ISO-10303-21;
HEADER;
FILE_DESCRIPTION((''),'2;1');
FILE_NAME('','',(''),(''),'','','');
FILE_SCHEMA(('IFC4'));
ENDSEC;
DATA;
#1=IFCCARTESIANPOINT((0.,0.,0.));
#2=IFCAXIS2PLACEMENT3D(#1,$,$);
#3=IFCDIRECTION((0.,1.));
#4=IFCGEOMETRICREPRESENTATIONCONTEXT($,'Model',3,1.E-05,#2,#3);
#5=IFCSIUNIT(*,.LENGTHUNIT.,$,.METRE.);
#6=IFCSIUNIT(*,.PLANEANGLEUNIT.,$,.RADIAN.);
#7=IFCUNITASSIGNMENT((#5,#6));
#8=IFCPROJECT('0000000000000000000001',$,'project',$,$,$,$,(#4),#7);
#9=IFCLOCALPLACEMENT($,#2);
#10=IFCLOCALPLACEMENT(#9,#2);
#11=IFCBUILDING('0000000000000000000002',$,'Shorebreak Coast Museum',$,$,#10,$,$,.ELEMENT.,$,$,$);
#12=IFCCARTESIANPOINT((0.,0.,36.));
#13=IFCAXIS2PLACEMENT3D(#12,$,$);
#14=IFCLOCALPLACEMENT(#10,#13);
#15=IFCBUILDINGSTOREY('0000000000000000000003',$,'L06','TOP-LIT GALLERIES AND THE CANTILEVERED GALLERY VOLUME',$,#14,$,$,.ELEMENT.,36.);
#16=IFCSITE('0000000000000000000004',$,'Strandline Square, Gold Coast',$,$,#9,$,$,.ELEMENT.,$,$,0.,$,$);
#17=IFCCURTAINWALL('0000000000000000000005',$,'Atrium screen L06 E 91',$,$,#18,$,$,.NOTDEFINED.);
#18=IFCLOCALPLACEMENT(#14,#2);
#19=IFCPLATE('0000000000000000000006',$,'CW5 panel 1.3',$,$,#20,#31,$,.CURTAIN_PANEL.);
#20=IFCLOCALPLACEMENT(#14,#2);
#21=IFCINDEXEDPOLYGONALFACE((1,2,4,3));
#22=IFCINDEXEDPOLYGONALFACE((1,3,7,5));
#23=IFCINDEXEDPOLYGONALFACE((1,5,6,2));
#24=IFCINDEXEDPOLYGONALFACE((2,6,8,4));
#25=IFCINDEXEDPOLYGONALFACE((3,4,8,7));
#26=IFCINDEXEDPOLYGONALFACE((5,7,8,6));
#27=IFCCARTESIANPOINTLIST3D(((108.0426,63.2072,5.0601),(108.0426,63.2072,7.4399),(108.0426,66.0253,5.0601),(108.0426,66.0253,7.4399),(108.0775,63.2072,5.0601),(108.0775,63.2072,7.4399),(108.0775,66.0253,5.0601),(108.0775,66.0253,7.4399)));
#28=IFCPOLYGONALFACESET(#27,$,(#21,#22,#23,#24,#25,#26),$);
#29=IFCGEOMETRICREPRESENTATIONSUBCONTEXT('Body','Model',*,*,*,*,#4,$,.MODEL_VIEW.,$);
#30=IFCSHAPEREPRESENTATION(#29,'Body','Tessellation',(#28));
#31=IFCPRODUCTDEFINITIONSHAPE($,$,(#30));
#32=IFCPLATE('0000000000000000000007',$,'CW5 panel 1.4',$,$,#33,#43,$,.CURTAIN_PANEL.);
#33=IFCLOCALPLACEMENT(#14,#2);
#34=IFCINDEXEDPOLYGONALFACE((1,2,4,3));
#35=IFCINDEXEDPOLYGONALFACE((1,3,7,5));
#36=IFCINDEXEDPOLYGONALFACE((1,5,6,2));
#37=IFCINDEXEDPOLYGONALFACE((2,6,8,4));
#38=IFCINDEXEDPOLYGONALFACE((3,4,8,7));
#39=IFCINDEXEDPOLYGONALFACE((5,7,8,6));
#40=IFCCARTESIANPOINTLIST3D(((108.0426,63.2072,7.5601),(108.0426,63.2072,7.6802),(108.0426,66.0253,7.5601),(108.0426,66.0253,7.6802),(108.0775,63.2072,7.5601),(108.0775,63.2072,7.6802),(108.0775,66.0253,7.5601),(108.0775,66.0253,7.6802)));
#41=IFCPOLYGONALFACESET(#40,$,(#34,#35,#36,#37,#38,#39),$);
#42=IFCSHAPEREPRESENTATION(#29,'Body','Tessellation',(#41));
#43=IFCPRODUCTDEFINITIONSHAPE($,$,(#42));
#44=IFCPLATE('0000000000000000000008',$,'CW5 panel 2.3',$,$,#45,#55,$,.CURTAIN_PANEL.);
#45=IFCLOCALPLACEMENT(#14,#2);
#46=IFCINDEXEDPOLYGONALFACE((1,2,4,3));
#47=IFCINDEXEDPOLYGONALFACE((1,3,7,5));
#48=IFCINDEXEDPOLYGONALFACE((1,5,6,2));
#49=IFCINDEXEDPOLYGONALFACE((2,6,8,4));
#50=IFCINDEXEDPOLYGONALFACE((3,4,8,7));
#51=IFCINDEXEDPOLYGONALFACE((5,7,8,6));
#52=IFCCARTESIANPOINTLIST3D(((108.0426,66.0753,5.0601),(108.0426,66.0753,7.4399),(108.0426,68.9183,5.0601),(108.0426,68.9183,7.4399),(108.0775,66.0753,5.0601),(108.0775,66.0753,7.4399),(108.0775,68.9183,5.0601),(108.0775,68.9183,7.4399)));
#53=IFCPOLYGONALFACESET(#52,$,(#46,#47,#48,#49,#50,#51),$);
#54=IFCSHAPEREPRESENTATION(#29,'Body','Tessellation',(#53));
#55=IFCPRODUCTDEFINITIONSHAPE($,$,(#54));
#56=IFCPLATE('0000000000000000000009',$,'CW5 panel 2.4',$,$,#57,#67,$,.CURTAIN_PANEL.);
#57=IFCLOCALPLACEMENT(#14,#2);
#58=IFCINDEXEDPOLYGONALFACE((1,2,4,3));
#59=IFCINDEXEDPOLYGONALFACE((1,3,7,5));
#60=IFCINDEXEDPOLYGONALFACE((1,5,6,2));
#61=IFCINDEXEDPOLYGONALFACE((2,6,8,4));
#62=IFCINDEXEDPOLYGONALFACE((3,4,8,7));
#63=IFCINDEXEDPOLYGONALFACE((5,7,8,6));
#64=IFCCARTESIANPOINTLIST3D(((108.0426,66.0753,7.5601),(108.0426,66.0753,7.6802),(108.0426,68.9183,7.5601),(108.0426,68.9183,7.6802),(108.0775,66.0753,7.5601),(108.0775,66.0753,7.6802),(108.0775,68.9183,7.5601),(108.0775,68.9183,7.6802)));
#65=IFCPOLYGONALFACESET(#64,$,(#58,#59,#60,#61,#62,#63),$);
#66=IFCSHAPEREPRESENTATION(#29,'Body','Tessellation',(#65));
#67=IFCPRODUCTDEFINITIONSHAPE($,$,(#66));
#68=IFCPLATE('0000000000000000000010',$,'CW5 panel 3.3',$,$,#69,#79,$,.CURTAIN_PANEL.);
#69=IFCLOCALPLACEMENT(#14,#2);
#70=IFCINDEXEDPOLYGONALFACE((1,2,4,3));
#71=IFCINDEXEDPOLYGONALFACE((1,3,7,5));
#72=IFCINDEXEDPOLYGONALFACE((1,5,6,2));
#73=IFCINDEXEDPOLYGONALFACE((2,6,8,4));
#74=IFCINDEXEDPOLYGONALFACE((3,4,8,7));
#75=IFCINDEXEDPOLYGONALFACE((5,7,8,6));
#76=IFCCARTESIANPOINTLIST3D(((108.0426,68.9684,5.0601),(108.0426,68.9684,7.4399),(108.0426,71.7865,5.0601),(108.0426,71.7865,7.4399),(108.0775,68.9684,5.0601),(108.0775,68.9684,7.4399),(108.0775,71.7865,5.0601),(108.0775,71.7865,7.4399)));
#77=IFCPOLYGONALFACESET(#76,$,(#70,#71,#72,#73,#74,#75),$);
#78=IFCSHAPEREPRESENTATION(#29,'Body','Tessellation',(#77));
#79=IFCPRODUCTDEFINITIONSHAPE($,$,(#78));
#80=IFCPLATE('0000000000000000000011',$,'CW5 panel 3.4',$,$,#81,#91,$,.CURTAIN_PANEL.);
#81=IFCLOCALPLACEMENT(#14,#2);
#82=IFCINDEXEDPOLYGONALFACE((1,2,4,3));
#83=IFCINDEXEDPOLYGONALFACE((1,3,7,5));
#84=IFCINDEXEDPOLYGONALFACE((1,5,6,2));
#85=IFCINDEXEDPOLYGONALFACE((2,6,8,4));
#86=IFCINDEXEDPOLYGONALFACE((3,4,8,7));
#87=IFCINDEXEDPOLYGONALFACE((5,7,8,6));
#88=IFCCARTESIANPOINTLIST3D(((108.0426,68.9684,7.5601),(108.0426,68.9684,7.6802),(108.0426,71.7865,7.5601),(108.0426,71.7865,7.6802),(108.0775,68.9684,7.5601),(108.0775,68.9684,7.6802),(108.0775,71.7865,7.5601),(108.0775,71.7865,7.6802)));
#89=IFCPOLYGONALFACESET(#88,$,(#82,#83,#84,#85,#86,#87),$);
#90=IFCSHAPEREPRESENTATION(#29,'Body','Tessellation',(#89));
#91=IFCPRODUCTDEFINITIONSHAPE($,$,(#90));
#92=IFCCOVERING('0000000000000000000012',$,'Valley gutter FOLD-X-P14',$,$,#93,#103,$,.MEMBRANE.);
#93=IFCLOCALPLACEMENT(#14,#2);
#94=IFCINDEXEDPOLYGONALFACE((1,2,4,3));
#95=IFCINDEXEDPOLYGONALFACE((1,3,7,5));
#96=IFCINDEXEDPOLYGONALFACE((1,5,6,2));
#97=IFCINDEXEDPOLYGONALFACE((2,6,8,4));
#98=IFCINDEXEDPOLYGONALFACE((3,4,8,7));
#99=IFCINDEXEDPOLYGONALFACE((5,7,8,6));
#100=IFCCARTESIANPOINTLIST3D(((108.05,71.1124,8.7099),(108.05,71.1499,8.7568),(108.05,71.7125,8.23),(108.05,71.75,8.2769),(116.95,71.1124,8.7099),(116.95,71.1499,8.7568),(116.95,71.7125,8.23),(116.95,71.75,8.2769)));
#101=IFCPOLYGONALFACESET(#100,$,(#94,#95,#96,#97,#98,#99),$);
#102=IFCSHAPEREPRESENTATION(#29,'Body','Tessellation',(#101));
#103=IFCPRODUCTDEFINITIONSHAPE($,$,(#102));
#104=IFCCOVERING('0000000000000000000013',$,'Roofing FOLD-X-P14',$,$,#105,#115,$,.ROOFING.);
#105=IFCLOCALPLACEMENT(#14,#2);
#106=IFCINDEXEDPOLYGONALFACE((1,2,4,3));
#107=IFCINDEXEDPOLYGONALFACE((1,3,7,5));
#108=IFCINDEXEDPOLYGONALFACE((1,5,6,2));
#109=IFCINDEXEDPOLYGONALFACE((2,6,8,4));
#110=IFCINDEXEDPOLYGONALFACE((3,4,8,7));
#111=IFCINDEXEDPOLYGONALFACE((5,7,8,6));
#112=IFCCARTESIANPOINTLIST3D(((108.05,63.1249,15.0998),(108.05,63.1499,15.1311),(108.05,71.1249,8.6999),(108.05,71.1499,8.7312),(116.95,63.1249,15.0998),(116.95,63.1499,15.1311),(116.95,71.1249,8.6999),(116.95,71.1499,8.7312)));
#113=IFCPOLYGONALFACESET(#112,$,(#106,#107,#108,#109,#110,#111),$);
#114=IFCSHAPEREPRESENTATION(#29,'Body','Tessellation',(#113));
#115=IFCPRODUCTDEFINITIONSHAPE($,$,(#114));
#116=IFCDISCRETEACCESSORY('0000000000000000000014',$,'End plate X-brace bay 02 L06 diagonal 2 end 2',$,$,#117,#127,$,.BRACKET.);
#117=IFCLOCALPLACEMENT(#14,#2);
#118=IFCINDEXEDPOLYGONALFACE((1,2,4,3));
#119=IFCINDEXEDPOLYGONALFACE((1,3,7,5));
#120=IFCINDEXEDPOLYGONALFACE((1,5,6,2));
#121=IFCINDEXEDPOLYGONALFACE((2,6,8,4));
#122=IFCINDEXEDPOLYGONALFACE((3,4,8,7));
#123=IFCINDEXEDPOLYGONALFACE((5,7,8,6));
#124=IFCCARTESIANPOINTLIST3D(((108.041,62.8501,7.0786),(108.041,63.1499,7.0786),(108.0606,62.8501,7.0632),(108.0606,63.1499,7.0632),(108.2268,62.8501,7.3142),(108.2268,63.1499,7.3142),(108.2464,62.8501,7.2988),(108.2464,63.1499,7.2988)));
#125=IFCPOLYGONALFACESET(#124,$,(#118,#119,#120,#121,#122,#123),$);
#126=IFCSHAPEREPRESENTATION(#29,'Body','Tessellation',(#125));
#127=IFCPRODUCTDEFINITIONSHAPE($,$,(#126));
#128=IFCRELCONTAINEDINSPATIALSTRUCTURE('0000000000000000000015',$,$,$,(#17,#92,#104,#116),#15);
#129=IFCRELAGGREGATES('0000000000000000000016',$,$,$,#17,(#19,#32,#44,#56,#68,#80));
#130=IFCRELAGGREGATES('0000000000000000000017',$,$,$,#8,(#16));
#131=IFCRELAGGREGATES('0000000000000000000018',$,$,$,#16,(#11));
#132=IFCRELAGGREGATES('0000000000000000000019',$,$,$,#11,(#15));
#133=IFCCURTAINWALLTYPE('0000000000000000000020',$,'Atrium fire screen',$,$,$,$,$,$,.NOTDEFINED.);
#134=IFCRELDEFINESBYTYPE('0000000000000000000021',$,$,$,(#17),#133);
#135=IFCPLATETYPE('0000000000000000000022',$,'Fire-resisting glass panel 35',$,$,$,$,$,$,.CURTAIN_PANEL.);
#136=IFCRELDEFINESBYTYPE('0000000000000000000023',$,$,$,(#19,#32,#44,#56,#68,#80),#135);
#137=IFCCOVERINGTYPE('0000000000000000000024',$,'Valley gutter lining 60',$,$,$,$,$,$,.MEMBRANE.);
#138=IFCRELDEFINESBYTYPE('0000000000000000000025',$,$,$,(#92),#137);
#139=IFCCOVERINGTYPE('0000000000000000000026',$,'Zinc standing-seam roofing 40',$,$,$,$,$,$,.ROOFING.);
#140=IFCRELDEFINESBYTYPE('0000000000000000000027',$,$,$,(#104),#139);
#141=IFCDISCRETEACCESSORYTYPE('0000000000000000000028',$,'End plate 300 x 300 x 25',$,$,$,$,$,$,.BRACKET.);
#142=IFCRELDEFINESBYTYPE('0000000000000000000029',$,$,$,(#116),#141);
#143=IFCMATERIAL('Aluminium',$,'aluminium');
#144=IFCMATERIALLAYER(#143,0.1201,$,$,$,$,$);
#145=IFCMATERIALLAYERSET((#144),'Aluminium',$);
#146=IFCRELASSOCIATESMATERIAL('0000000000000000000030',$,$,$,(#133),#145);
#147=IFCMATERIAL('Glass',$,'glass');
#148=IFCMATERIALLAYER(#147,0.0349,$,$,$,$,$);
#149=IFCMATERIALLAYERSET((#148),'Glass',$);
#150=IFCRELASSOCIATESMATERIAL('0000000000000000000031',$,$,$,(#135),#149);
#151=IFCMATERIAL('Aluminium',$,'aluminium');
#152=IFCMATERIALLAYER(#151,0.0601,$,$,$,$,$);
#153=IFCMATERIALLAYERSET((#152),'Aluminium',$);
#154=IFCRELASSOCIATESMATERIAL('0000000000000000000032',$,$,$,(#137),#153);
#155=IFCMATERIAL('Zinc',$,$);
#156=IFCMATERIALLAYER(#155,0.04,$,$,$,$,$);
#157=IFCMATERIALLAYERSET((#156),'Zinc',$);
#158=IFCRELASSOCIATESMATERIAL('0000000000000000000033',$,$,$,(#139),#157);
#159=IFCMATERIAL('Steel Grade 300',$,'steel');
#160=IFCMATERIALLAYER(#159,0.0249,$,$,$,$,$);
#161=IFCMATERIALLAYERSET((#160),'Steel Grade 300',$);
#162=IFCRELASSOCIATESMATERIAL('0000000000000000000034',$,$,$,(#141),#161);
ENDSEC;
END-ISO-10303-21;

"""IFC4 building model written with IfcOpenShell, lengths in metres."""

from ifc_helpers import new_model, si_unit, direction, frame, origin, origin_2d, place, context, subcontext, project, spatial, polyline, rectangle, outline, extrude, material, layer, layer_set, type_object, element, aggregate, save


model = new_model("IFC4")

# Units and contexts
model_context = context("Model", 3, precision=1e-05, world=origin(), true_north=direction((0.0, 1.0)))
body_context = subcontext(model_context, "Body", "Model", "MODEL_VIEW")
ifc_project = project(units=[si_unit("LENGTHUNIT", "METRE"), si_unit("PLANEANGLEUNIT", "RADIAN")], contexts=[model_context])

# Site, building, storey
site_placement = place(None, origin())
site = spatial("IfcSite", under=ifc_project, at=site_placement, Name="Strandline Square, Gold Coast", CompositionType="ELEMENT", RefElevation=0.0)
building_placement = place(site_placement, origin())
building = spatial("IfcBuilding", under=site, at=building_placement, Name="Shorebreak Coast Museum", CompositionType="ELEMENT")
storey_placement = place(building_placement, frame((0.0, 0.0, 36.0)))
storey = spatial("IfcBuildingStorey", under=building, at=storey_placement, Name="L06", Description="TOP-LIT GALLERIES AND THE CANTILEVERED GALLERY VOLUME", CompositionType="ELEMENT", Elevation=36.0)

# Curtain wall, plates
ifc_material_1 = material(Name="Aluminium", Category="aluminium")
ifc_layer_1 = layer(ifc_material_1, 0.1201)
ifc_layer_set_1 = layer_set([ifc_layer_1], Name="Aluminium")
curtain_wall_type_1 = type_object("IfcCurtainWallType", Name="Atrium fire screen", PredefinedType="NOTDEFINED", material=ifc_layer_set_1)
curtain_wall_1_placement = place(storey_placement, origin())
curtain_wall_1 = element("IfcCurtainWall", 1, at=curtain_wall_1_placement, inside=storey, type_object=curtain_wall_type_1, Name="Atrium screen L06 E 91", PredefinedType="NOTDEFINED")
ifc_material_2 = material(Name="Glass", Category="glass")
ifc_layer_2 = layer(ifc_material_2, 0.0349)
ifc_layer_set_2 = layer_set([ifc_layer_2], Name="Glass")
plate_type = type_object("IfcPlateType", Name="Fire-resisting glass panel 35", PredefinedType="CURTAIN_PANEL", material=ifc_layer_set_2)
plate_1_placement = place(storey_placement, frame((108.0601, 64.6162, 5.0601), z_axis=(0.0, 0.0, 1.0), x_axis=(0.0, 1.0, 0.0)))
plate_1 = element("IfcPlate", 2, at=plate_1_placement, type_object=plate_type, Name="CW5 panel 1.3", PredefinedType="CURTAIN_PANEL", context=body_context, shape_type="SweptSolid", body=[
    extrude(rectangle(XDim=2.8181, YDim=0.0349, at=origin_2d()), origin(), (0.0, 0.0, 1.0), 2.3799),
])
plate_2_placement = place(storey_placement, frame((108.0601, 64.6162, 7.5601), z_axis=(0.0, 0.0, 1.0), x_axis=(0.0, 1.0, 0.0)))
plate_2 = element("IfcPlate", 3, at=plate_2_placement, type_object=plate_type, Name="CW5 panel 1.4", PredefinedType="CURTAIN_PANEL", context=body_context, shape_type="SweptSolid", body=[
    extrude(rectangle(XDim=2.8181, YDim=0.0349, at=origin_2d()), origin(), (0.0, 0.0, 1.0), 0.1201),
])
plate_3_placement = place(storey_placement, frame((108.0601, 67.4968, 5.0601), z_axis=(0.0, 0.0, 1.0), x_axis=(0.0, 1.0, 0.0)))
plate_3 = element("IfcPlate", 4, at=plate_3_placement, type_object=plate_type, Name="CW5 panel 2.3", PredefinedType="CURTAIN_PANEL", context=body_context, shape_type="SweptSolid", body=[
    extrude(rectangle(XDim=2.843, YDim=0.0349, at=origin_2d()), origin(), (0.0, 0.0, 1.0), 2.3799),
])
plate_4_placement = place(storey_placement, frame((108.0601, 67.4968, 7.5601), z_axis=(0.0, 0.0, 1.0), x_axis=(0.0, 1.0, 0.0)))
plate_4 = element("IfcPlate", 5, at=plate_4_placement, type_object=plate_type, Name="CW5 panel 2.4", PredefinedType="CURTAIN_PANEL", context=body_context, shape_type="SweptSolid", body=[
    extrude(rectangle(XDim=2.843, YDim=0.0349, at=origin_2d()), origin(), (0.0, 0.0, 1.0), 0.1201),
])
plate_5_placement = place(storey_placement, frame((108.0601, 70.3774, 5.0601), z_axis=(0.0, 0.0, 1.0), x_axis=(0.0, 1.0, 0.0)))
plate_5 = element("IfcPlate", 6, at=plate_5_placement, type_object=plate_type, Name="CW5 panel 3.3", PredefinedType="CURTAIN_PANEL", context=body_context, shape_type="SweptSolid", body=[
    extrude(rectangle(XDim=2.8181, YDim=0.0349, at=origin_2d()), origin(), (0.0, 0.0, 1.0), 2.3799),
])
plate_6_placement = place(storey_placement, frame((108.0601, 70.3774, 7.5601), z_axis=(0.0, 0.0, 1.0), x_axis=(0.0, 1.0, 0.0)))
plate_6 = element("IfcPlate", 7, at=plate_6_placement, type_object=plate_type, Name="CW5 panel 3.4", PredefinedType="CURTAIN_PANEL", context=body_context, shape_type="SweptSolid", body=[
    extrude(rectangle(XDim=2.8181, YDim=0.0349, at=origin_2d()), origin(), (0.0, 0.0, 1.0), 0.1201),
])
aggregate(curtain_wall_1, [plate_1, plate_2, plate_3, plate_4, plate_5, plate_6])

# Coverings
ifc_material_3 = material(Name="Aluminium", Category="aluminium")
ifc_layer_3 = layer(ifc_material_3, 0.0601)
ifc_layer_set_3 = layer_set([ifc_layer_3], Name="Aluminium")
covering_type_1 = type_object("IfcCoveringType", Name="Valley gutter lining 60", PredefinedType="MEMBRANE", material=ifc_layer_set_3)
covering_1_placement = place(storey_placement, frame((108.05, 71.1499, 8.7568), z_axis=(0.0, 0.624618, 0.780931), x_axis=(1.0, 0.0, 0.0)))
element("IfcCovering", 8, at=covering_1_placement, inside=storey, type_object=covering_type_1, Name="Valley gutter FOLD-X-P14", PredefinedType="MEMBRANE", context=body_context, shape_type="SweptSolid", body=[
    extrude(outline(polyline([(0.0, 0.0), (8.8999, 0.0), (8.8999, 0.7684), (0.0, 0.7684), (0.0, 0.0)])), origin(), (0.0, 0.0, -1.0), 0.0601),
])
ifc_material_4 = material(Name="Zinc")
ifc_layer_4 = layer(ifc_material_4, 0.04)
ifc_layer_set_4 = layer_set([ifc_layer_4], Name="Zinc")
covering_type_2 = type_object("IfcCoveringType", Name="Zinc standing-seam roofing 40", PredefinedType="ROOFING", material=ifc_layer_set_4)
covering_2_placement = place(storey_placement, frame((108.05, 63.1499, 15.1311), z_axis=(0.0, 0.624689, 0.780873), x_axis=(1.0, 0.0, 0.0)))
element("IfcCovering", 9, at=covering_2_placement, inside=storey, type_object=covering_type_2, Name="Roofing FOLD-X-P14", PredefinedType="ROOFING", context=body_context, shape_type="SweptSolid", body=[
    extrude(outline(polyline([(0.0, 0.0), (8.8999, 0.0), (8.8999, 10.2449), (0.0, 10.2449), (0.0, 0.0)])), origin(), (0.0, 0.0, -1.0), 0.04),
])

# Discrete accessory
ifc_material_5 = material(Name="Steel Grade 300", Category="steel")
ifc_layer_5 = layer(ifc_material_5, 0.0249)
ifc_layer_set_5 = layer_set([ifc_layer_5], Name="Steel Grade 300")
discrete_accessory_type = type_object("IfcDiscreteAccessoryType", Name="End plate 300 x 300 x 25", PredefinedType="BRACKET", material=ifc_layer_set_5)
discrete_accessory_placement = place(storey_placement, frame((108.041, 63.1499, 7.0786), z_axis=(-0.785216, 0.0, 0.619222), x_axis=(0.0, -1.0, 0.0)))
element("IfcDiscreteAccessory", 10, at=discrete_accessory_placement, inside=storey, type_object=discrete_accessory_type, Name="End plate X-brace bay 02 L06 diagonal 2 end 2", PredefinedType="BRACKET", context=body_context, shape_type="SweptSolid", body=[
    extrude(outline(polyline([(0.0, 0.0), (0.2998, 0.0), (0.2998, 0.3), (0.0, 0.3), (0.0, 0.0)])), origin(), (0.0, 0.0, -1.0), 0.0249),
])

save(model, "model.ifc")
